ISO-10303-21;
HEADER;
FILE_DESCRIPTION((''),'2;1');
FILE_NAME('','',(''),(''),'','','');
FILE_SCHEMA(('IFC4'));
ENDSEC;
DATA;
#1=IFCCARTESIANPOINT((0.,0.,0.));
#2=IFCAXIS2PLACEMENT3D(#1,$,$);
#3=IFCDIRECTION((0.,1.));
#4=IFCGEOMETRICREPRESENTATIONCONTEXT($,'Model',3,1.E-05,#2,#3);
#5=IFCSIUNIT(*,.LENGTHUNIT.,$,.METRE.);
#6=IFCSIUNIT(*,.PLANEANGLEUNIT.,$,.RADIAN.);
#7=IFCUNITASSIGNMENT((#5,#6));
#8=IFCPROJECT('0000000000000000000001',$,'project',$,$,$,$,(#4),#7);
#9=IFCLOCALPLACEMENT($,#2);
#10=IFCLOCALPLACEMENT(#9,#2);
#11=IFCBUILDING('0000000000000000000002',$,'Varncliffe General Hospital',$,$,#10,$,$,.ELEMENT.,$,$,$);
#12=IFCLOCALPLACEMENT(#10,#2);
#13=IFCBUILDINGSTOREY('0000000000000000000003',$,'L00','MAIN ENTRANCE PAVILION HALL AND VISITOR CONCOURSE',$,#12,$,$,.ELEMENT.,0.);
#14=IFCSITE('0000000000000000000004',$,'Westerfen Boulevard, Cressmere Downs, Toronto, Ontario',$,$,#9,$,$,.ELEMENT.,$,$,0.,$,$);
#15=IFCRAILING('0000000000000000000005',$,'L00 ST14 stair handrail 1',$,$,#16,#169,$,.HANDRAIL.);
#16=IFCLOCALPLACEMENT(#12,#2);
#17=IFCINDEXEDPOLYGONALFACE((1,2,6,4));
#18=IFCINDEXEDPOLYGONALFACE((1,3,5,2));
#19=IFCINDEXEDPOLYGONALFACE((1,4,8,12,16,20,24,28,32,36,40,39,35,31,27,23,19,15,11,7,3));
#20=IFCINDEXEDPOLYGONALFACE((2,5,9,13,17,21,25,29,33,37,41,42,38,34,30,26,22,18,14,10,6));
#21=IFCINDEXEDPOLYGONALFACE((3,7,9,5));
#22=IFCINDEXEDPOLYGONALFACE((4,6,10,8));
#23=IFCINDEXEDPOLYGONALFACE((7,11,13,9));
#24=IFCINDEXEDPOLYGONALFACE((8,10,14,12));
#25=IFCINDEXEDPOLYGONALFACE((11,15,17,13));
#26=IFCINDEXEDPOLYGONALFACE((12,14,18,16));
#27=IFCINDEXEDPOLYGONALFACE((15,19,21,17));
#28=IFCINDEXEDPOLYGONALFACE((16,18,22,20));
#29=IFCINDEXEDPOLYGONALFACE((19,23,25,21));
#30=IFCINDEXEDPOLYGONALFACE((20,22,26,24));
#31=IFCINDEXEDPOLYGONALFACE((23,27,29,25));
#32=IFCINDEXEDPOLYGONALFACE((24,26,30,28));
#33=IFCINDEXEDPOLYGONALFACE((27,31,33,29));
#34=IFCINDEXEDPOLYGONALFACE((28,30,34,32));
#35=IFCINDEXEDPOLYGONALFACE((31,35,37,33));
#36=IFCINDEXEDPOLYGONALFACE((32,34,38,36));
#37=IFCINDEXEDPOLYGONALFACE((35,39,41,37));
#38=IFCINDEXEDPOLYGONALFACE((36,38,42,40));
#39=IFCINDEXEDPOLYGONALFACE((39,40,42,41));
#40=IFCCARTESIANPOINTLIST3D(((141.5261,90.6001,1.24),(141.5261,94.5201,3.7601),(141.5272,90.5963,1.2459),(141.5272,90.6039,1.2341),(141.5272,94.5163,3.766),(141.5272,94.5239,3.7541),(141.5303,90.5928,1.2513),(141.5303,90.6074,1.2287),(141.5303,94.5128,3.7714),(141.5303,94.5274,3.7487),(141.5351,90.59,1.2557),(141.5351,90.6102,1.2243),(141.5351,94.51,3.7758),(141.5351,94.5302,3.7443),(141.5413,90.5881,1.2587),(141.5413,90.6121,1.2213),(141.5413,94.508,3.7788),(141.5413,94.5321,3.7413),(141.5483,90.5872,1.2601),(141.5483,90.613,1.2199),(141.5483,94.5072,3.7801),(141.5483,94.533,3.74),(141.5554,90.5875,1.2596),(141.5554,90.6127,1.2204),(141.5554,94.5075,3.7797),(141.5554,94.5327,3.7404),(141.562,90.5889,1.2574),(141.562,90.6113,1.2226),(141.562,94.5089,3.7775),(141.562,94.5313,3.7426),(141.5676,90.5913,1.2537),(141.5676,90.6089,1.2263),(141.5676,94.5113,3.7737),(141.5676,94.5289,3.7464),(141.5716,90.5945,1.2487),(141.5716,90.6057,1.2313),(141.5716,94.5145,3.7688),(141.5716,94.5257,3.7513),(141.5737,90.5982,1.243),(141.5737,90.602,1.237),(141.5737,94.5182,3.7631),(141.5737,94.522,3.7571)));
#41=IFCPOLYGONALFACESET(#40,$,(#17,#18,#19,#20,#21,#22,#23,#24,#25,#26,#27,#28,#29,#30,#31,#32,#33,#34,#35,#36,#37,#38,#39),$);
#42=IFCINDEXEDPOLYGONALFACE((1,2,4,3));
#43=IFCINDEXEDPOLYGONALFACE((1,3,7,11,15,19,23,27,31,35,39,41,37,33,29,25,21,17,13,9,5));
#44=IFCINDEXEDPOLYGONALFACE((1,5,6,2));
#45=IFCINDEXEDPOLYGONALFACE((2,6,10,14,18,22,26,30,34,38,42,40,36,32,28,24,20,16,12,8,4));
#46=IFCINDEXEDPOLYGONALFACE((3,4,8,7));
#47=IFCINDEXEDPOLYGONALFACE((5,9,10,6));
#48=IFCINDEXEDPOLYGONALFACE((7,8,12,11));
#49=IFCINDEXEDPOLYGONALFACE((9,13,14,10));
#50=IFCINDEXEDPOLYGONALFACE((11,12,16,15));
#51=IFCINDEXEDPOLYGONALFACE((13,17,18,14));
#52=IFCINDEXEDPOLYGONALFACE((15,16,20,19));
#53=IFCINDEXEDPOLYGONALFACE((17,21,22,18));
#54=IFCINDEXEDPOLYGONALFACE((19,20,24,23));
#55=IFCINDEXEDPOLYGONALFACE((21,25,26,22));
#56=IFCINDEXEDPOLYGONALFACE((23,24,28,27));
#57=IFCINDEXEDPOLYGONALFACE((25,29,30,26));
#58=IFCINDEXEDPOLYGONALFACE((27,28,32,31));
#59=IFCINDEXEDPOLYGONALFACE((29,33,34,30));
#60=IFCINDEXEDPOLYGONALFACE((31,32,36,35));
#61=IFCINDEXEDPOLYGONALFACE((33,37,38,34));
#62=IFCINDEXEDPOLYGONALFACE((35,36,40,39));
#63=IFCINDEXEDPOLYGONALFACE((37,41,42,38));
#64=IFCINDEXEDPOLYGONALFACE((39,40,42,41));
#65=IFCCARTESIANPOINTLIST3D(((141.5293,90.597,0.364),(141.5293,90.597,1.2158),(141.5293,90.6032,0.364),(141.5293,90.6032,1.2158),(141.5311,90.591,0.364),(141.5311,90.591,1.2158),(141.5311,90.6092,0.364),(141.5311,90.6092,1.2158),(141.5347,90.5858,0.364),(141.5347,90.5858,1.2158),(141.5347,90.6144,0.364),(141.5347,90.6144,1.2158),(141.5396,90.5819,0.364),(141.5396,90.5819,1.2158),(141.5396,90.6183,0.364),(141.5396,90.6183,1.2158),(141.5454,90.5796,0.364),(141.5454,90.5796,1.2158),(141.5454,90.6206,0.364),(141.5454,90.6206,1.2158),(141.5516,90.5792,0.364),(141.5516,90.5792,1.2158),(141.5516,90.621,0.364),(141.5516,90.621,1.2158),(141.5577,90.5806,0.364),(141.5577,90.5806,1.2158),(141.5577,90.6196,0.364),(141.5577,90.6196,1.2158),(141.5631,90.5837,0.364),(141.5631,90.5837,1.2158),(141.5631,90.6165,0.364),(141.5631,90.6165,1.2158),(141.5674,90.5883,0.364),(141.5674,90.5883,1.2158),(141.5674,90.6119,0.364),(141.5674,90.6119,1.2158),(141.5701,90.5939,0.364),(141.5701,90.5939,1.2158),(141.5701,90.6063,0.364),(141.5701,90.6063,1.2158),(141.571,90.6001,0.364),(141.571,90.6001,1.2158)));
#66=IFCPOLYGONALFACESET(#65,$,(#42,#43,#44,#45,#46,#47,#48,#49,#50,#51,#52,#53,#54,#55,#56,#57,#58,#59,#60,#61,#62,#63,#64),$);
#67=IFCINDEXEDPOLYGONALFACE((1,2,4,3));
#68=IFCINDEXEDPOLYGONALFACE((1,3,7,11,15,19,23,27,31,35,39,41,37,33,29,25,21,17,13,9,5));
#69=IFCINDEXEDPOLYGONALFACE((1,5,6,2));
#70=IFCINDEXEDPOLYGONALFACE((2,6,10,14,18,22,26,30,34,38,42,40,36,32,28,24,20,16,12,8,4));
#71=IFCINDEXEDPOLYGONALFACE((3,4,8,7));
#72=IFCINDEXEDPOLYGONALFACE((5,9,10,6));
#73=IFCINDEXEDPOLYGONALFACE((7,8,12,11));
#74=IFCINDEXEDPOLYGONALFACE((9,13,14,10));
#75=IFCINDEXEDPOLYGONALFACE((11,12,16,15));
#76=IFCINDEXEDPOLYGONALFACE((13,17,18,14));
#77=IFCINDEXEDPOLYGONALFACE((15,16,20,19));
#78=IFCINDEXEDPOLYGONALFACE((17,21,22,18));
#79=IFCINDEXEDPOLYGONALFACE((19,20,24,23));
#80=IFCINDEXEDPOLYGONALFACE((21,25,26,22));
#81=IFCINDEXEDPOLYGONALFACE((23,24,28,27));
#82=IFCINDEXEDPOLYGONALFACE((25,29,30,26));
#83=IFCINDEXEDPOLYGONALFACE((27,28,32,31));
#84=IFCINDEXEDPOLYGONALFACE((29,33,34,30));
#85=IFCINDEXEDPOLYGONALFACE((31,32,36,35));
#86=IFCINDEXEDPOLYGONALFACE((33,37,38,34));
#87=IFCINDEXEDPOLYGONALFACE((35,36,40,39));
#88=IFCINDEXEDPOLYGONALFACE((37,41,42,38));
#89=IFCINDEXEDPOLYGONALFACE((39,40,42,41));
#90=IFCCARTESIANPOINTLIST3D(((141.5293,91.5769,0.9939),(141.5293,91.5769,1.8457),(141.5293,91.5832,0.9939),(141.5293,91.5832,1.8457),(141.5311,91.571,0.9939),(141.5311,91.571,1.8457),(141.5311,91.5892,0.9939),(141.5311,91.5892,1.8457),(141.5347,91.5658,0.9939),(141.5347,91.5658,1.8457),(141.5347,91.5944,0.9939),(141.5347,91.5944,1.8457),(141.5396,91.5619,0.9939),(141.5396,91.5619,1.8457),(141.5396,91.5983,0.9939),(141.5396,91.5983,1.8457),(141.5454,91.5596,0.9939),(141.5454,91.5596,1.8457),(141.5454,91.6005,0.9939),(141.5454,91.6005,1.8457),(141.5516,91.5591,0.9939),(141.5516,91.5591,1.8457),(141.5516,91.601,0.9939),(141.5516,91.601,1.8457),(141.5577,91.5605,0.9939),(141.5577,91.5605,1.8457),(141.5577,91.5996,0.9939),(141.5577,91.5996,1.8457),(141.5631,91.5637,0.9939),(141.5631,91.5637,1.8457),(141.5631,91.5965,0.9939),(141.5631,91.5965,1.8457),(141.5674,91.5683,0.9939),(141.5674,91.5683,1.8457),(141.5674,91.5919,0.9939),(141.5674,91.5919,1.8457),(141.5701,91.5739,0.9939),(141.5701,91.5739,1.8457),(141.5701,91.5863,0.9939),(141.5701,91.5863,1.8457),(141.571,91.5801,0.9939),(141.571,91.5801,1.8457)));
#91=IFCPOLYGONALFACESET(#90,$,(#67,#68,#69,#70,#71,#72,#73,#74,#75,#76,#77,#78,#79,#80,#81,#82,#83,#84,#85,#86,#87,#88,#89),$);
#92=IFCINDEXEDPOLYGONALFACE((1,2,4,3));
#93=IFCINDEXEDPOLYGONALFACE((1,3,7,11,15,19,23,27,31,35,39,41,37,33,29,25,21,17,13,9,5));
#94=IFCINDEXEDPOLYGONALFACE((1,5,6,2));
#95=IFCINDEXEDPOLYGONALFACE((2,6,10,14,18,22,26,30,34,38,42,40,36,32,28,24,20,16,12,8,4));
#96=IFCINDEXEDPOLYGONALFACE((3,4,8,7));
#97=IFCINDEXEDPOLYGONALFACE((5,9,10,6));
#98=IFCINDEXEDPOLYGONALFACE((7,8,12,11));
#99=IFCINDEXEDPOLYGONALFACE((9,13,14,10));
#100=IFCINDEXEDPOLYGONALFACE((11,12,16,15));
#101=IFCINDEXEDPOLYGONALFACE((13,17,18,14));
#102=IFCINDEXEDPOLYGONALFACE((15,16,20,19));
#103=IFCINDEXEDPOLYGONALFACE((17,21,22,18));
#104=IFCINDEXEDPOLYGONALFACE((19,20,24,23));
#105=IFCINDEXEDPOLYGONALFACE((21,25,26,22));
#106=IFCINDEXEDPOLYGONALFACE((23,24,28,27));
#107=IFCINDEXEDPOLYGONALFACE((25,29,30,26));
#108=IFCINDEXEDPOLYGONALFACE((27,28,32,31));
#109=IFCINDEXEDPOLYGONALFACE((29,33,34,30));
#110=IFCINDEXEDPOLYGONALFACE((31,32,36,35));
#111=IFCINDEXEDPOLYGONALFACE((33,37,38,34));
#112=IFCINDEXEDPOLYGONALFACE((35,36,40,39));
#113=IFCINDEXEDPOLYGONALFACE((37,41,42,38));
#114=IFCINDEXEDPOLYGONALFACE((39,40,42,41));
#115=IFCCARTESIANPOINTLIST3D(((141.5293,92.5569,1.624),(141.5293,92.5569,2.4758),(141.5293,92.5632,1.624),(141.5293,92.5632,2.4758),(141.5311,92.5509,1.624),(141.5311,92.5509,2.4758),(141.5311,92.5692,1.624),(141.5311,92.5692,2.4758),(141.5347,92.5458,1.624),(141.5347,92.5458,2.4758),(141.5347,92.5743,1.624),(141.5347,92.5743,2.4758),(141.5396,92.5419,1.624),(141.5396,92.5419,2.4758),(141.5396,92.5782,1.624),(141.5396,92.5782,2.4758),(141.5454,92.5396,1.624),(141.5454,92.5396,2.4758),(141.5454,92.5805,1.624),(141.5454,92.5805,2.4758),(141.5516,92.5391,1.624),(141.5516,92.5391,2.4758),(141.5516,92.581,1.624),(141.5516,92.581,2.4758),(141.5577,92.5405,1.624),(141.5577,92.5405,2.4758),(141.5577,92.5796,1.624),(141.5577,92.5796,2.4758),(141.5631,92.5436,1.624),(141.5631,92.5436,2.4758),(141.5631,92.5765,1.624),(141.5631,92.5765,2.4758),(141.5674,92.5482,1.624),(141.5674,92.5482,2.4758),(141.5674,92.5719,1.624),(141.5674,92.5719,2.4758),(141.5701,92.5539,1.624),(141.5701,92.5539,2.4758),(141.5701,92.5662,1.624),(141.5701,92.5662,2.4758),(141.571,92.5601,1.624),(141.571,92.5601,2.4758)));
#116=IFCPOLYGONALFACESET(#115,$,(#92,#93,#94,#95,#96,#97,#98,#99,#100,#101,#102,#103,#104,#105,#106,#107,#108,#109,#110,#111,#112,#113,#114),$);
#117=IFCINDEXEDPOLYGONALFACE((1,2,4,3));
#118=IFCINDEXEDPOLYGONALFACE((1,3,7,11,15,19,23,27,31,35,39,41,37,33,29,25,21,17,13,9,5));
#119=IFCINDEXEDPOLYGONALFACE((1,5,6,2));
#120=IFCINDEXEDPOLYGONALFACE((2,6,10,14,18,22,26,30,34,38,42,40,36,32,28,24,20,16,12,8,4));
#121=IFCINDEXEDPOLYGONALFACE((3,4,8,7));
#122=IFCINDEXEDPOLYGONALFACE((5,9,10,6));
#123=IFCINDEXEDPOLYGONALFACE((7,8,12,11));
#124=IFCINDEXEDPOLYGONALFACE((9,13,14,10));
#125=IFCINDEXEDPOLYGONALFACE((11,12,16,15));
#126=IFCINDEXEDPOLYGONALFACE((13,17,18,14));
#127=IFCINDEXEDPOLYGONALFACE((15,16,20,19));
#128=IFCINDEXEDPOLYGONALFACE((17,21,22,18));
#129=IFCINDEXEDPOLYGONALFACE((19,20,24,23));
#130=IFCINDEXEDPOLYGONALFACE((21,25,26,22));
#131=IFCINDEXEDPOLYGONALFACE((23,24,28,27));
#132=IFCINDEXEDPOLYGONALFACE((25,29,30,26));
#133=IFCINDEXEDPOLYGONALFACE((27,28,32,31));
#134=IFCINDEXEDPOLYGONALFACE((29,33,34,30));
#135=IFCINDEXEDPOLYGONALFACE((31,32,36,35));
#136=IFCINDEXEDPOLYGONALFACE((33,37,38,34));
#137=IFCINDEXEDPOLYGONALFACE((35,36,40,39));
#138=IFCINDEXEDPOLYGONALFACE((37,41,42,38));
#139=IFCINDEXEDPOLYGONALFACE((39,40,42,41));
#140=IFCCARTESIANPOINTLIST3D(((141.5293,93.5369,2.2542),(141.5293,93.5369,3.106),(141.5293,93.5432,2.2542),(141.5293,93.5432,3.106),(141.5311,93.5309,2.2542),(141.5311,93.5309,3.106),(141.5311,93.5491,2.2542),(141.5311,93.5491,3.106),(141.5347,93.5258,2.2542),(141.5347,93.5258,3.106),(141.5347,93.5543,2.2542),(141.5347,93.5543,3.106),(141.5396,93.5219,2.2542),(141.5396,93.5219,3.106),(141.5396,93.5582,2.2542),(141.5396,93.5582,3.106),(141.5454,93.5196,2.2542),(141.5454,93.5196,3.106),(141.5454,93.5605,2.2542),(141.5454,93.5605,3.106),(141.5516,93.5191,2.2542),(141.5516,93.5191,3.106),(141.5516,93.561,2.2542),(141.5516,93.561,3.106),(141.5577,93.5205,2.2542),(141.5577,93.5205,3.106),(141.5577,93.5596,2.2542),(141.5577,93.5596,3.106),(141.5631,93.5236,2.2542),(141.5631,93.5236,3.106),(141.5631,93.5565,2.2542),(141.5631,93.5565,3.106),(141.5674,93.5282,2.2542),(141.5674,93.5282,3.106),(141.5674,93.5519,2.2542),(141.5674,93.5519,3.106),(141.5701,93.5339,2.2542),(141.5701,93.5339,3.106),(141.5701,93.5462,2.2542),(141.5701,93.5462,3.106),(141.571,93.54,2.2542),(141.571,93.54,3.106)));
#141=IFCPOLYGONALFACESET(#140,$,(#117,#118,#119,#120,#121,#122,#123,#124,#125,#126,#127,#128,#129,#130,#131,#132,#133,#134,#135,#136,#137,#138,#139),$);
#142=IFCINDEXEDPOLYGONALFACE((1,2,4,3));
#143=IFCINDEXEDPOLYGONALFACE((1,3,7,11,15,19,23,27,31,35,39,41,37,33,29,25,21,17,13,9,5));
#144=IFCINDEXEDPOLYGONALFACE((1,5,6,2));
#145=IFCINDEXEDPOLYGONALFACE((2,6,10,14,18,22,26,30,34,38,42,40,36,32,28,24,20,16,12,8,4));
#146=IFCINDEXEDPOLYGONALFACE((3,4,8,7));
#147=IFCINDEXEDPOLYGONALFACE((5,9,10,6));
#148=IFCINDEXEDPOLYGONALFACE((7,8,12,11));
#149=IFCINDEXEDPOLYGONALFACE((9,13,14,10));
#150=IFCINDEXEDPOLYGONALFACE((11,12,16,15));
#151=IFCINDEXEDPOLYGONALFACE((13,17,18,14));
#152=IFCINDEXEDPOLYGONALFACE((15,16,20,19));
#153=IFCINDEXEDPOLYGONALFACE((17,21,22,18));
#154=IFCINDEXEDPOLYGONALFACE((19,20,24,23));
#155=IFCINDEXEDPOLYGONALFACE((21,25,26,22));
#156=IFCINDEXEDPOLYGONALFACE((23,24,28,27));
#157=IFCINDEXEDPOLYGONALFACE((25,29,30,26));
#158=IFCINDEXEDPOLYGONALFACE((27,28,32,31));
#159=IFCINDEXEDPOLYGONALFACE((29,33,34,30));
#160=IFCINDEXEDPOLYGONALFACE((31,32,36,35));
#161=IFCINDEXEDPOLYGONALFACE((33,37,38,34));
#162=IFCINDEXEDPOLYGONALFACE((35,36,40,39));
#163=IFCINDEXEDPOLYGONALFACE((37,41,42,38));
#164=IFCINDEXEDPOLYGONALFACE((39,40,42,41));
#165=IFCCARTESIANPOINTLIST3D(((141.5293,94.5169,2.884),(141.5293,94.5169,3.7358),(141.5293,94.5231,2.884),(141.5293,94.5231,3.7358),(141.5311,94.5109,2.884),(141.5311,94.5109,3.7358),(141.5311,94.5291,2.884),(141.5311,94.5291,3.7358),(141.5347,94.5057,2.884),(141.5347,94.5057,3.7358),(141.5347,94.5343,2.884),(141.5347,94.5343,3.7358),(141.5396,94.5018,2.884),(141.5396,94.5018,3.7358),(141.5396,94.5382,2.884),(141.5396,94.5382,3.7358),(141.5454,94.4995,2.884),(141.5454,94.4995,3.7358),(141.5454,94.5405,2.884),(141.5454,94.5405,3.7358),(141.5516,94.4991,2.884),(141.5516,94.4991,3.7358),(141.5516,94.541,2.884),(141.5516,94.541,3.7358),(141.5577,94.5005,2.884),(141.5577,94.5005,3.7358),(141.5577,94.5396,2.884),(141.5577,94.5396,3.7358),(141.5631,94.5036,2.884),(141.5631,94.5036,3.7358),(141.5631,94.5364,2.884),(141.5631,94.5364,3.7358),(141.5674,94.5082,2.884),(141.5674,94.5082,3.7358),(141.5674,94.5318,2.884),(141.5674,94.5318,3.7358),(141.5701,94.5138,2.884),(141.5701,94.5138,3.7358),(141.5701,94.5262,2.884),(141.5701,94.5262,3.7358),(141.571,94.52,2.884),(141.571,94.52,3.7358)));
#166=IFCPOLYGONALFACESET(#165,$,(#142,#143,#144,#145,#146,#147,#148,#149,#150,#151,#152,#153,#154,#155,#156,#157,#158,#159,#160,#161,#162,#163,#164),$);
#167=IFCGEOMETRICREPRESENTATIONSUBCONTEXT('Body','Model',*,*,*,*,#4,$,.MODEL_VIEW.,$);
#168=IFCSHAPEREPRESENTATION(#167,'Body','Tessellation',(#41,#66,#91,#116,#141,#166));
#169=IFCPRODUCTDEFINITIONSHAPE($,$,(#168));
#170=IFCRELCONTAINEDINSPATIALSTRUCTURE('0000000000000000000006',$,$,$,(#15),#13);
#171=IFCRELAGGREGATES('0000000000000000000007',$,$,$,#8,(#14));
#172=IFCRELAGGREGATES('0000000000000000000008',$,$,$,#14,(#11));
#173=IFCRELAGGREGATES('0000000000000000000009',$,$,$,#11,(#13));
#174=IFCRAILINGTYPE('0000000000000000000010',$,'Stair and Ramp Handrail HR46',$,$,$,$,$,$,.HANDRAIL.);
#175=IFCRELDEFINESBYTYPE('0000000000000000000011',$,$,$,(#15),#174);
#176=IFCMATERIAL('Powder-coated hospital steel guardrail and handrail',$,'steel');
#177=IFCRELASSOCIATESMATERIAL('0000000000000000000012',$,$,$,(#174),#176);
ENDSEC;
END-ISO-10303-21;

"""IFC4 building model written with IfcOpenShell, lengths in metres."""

from ifc_helpers import new_model, si_unit, direction, frame, origin, origin_2d, place, context, subcontext, project, spatial, circle, extrude, material, type_object, element, save


model = new_model("IFC4")

# Units and contexts
model_context = context("Model", 3, precision=1e-05, world=origin(), true_north=direction((0.0, 1.0)))
body_context = subcontext(model_context, "Body", "Model", "MODEL_VIEW")
ifc_project = project(units=[si_unit("LENGTHUNIT", "METRE"), si_unit("PLANEANGLEUNIT", "RADIAN")], contexts=[model_context])

# Site, building, storey
site_placement = place(None, origin())
site = spatial("IfcSite", under=ifc_project, at=site_placement, Name="Westerfen Boulevard, Cressmere Downs, Toronto, Ontario", CompositionType="ELEMENT", RefElevation=0.0)
building_placement = place(site_placement, origin())
building = spatial("IfcBuilding", under=site, at=building_placement, Name="Varncliffe General Hospital", CompositionType="ELEMENT")
storey_placement = place(building_placement, origin())
storey = spatial("IfcBuildingStorey", under=building, at=storey_placement, Name="L00", Description="MAIN ENTRANCE PAVILION HALL AND VISITOR CONCOURSE", CompositionType="ELEMENT", Elevation=0.0)

# Railing
ifc_material_1 = material(Name="Powder-coated hospital steel guardrail and handrail", Category="steel")
railing_type_1 = type_object("IfcRailingType", Name="Stair and Ramp Handrail HR46", PredefinedType="HANDRAIL", material=ifc_material_1)
railing_1_placement = place(storey_placement, frame((141.55, 90.6001, 0.364)))
element("IfcRailing", 1, at=railing_1_placement, inside=storey, type_object=railing_type_1, Name="L00 ST14 stair handrail 1", PredefinedType="HANDRAIL", context=body_context, shape_type="SweptSolid", body=[
    extrude(circle(Radius=0.0239, at=origin_2d()), frame((0.0, 0.0, 0.876), z_axis=(0.0, 0.841172, 0.540768), x_axis=(-1.0, 0.0, 0.0)), (0.0, 0.0, 1.0), 4.6602),
    extrude(circle(Radius=0.021, at=origin_2d()), origin(), (0.0, 0.0, 1.0), 0.8518),
    extrude(circle(Radius=0.021, at=origin_2d()), frame((0.0, 0.98, 0.6299)), (0.0, 0.0, 1.0), 0.8518),
    extrude(circle(Radius=0.021, at=origin_2d()), frame((0.0, 1.96, 1.26)), (0.0, 0.0, 1.0), 0.8518),
    extrude(circle(Radius=0.021, at=origin_2d()), frame((0.0, 2.9399, 1.8901)), (0.0, 0.0, 1.0), 0.8518),
    extrude(circle(Radius=0.021, at=origin_2d()), frame((0.0, 3.9199, 2.52)), (0.0, 0.0, 1.0), 0.8518),
])

save(model, "model.ifc")
